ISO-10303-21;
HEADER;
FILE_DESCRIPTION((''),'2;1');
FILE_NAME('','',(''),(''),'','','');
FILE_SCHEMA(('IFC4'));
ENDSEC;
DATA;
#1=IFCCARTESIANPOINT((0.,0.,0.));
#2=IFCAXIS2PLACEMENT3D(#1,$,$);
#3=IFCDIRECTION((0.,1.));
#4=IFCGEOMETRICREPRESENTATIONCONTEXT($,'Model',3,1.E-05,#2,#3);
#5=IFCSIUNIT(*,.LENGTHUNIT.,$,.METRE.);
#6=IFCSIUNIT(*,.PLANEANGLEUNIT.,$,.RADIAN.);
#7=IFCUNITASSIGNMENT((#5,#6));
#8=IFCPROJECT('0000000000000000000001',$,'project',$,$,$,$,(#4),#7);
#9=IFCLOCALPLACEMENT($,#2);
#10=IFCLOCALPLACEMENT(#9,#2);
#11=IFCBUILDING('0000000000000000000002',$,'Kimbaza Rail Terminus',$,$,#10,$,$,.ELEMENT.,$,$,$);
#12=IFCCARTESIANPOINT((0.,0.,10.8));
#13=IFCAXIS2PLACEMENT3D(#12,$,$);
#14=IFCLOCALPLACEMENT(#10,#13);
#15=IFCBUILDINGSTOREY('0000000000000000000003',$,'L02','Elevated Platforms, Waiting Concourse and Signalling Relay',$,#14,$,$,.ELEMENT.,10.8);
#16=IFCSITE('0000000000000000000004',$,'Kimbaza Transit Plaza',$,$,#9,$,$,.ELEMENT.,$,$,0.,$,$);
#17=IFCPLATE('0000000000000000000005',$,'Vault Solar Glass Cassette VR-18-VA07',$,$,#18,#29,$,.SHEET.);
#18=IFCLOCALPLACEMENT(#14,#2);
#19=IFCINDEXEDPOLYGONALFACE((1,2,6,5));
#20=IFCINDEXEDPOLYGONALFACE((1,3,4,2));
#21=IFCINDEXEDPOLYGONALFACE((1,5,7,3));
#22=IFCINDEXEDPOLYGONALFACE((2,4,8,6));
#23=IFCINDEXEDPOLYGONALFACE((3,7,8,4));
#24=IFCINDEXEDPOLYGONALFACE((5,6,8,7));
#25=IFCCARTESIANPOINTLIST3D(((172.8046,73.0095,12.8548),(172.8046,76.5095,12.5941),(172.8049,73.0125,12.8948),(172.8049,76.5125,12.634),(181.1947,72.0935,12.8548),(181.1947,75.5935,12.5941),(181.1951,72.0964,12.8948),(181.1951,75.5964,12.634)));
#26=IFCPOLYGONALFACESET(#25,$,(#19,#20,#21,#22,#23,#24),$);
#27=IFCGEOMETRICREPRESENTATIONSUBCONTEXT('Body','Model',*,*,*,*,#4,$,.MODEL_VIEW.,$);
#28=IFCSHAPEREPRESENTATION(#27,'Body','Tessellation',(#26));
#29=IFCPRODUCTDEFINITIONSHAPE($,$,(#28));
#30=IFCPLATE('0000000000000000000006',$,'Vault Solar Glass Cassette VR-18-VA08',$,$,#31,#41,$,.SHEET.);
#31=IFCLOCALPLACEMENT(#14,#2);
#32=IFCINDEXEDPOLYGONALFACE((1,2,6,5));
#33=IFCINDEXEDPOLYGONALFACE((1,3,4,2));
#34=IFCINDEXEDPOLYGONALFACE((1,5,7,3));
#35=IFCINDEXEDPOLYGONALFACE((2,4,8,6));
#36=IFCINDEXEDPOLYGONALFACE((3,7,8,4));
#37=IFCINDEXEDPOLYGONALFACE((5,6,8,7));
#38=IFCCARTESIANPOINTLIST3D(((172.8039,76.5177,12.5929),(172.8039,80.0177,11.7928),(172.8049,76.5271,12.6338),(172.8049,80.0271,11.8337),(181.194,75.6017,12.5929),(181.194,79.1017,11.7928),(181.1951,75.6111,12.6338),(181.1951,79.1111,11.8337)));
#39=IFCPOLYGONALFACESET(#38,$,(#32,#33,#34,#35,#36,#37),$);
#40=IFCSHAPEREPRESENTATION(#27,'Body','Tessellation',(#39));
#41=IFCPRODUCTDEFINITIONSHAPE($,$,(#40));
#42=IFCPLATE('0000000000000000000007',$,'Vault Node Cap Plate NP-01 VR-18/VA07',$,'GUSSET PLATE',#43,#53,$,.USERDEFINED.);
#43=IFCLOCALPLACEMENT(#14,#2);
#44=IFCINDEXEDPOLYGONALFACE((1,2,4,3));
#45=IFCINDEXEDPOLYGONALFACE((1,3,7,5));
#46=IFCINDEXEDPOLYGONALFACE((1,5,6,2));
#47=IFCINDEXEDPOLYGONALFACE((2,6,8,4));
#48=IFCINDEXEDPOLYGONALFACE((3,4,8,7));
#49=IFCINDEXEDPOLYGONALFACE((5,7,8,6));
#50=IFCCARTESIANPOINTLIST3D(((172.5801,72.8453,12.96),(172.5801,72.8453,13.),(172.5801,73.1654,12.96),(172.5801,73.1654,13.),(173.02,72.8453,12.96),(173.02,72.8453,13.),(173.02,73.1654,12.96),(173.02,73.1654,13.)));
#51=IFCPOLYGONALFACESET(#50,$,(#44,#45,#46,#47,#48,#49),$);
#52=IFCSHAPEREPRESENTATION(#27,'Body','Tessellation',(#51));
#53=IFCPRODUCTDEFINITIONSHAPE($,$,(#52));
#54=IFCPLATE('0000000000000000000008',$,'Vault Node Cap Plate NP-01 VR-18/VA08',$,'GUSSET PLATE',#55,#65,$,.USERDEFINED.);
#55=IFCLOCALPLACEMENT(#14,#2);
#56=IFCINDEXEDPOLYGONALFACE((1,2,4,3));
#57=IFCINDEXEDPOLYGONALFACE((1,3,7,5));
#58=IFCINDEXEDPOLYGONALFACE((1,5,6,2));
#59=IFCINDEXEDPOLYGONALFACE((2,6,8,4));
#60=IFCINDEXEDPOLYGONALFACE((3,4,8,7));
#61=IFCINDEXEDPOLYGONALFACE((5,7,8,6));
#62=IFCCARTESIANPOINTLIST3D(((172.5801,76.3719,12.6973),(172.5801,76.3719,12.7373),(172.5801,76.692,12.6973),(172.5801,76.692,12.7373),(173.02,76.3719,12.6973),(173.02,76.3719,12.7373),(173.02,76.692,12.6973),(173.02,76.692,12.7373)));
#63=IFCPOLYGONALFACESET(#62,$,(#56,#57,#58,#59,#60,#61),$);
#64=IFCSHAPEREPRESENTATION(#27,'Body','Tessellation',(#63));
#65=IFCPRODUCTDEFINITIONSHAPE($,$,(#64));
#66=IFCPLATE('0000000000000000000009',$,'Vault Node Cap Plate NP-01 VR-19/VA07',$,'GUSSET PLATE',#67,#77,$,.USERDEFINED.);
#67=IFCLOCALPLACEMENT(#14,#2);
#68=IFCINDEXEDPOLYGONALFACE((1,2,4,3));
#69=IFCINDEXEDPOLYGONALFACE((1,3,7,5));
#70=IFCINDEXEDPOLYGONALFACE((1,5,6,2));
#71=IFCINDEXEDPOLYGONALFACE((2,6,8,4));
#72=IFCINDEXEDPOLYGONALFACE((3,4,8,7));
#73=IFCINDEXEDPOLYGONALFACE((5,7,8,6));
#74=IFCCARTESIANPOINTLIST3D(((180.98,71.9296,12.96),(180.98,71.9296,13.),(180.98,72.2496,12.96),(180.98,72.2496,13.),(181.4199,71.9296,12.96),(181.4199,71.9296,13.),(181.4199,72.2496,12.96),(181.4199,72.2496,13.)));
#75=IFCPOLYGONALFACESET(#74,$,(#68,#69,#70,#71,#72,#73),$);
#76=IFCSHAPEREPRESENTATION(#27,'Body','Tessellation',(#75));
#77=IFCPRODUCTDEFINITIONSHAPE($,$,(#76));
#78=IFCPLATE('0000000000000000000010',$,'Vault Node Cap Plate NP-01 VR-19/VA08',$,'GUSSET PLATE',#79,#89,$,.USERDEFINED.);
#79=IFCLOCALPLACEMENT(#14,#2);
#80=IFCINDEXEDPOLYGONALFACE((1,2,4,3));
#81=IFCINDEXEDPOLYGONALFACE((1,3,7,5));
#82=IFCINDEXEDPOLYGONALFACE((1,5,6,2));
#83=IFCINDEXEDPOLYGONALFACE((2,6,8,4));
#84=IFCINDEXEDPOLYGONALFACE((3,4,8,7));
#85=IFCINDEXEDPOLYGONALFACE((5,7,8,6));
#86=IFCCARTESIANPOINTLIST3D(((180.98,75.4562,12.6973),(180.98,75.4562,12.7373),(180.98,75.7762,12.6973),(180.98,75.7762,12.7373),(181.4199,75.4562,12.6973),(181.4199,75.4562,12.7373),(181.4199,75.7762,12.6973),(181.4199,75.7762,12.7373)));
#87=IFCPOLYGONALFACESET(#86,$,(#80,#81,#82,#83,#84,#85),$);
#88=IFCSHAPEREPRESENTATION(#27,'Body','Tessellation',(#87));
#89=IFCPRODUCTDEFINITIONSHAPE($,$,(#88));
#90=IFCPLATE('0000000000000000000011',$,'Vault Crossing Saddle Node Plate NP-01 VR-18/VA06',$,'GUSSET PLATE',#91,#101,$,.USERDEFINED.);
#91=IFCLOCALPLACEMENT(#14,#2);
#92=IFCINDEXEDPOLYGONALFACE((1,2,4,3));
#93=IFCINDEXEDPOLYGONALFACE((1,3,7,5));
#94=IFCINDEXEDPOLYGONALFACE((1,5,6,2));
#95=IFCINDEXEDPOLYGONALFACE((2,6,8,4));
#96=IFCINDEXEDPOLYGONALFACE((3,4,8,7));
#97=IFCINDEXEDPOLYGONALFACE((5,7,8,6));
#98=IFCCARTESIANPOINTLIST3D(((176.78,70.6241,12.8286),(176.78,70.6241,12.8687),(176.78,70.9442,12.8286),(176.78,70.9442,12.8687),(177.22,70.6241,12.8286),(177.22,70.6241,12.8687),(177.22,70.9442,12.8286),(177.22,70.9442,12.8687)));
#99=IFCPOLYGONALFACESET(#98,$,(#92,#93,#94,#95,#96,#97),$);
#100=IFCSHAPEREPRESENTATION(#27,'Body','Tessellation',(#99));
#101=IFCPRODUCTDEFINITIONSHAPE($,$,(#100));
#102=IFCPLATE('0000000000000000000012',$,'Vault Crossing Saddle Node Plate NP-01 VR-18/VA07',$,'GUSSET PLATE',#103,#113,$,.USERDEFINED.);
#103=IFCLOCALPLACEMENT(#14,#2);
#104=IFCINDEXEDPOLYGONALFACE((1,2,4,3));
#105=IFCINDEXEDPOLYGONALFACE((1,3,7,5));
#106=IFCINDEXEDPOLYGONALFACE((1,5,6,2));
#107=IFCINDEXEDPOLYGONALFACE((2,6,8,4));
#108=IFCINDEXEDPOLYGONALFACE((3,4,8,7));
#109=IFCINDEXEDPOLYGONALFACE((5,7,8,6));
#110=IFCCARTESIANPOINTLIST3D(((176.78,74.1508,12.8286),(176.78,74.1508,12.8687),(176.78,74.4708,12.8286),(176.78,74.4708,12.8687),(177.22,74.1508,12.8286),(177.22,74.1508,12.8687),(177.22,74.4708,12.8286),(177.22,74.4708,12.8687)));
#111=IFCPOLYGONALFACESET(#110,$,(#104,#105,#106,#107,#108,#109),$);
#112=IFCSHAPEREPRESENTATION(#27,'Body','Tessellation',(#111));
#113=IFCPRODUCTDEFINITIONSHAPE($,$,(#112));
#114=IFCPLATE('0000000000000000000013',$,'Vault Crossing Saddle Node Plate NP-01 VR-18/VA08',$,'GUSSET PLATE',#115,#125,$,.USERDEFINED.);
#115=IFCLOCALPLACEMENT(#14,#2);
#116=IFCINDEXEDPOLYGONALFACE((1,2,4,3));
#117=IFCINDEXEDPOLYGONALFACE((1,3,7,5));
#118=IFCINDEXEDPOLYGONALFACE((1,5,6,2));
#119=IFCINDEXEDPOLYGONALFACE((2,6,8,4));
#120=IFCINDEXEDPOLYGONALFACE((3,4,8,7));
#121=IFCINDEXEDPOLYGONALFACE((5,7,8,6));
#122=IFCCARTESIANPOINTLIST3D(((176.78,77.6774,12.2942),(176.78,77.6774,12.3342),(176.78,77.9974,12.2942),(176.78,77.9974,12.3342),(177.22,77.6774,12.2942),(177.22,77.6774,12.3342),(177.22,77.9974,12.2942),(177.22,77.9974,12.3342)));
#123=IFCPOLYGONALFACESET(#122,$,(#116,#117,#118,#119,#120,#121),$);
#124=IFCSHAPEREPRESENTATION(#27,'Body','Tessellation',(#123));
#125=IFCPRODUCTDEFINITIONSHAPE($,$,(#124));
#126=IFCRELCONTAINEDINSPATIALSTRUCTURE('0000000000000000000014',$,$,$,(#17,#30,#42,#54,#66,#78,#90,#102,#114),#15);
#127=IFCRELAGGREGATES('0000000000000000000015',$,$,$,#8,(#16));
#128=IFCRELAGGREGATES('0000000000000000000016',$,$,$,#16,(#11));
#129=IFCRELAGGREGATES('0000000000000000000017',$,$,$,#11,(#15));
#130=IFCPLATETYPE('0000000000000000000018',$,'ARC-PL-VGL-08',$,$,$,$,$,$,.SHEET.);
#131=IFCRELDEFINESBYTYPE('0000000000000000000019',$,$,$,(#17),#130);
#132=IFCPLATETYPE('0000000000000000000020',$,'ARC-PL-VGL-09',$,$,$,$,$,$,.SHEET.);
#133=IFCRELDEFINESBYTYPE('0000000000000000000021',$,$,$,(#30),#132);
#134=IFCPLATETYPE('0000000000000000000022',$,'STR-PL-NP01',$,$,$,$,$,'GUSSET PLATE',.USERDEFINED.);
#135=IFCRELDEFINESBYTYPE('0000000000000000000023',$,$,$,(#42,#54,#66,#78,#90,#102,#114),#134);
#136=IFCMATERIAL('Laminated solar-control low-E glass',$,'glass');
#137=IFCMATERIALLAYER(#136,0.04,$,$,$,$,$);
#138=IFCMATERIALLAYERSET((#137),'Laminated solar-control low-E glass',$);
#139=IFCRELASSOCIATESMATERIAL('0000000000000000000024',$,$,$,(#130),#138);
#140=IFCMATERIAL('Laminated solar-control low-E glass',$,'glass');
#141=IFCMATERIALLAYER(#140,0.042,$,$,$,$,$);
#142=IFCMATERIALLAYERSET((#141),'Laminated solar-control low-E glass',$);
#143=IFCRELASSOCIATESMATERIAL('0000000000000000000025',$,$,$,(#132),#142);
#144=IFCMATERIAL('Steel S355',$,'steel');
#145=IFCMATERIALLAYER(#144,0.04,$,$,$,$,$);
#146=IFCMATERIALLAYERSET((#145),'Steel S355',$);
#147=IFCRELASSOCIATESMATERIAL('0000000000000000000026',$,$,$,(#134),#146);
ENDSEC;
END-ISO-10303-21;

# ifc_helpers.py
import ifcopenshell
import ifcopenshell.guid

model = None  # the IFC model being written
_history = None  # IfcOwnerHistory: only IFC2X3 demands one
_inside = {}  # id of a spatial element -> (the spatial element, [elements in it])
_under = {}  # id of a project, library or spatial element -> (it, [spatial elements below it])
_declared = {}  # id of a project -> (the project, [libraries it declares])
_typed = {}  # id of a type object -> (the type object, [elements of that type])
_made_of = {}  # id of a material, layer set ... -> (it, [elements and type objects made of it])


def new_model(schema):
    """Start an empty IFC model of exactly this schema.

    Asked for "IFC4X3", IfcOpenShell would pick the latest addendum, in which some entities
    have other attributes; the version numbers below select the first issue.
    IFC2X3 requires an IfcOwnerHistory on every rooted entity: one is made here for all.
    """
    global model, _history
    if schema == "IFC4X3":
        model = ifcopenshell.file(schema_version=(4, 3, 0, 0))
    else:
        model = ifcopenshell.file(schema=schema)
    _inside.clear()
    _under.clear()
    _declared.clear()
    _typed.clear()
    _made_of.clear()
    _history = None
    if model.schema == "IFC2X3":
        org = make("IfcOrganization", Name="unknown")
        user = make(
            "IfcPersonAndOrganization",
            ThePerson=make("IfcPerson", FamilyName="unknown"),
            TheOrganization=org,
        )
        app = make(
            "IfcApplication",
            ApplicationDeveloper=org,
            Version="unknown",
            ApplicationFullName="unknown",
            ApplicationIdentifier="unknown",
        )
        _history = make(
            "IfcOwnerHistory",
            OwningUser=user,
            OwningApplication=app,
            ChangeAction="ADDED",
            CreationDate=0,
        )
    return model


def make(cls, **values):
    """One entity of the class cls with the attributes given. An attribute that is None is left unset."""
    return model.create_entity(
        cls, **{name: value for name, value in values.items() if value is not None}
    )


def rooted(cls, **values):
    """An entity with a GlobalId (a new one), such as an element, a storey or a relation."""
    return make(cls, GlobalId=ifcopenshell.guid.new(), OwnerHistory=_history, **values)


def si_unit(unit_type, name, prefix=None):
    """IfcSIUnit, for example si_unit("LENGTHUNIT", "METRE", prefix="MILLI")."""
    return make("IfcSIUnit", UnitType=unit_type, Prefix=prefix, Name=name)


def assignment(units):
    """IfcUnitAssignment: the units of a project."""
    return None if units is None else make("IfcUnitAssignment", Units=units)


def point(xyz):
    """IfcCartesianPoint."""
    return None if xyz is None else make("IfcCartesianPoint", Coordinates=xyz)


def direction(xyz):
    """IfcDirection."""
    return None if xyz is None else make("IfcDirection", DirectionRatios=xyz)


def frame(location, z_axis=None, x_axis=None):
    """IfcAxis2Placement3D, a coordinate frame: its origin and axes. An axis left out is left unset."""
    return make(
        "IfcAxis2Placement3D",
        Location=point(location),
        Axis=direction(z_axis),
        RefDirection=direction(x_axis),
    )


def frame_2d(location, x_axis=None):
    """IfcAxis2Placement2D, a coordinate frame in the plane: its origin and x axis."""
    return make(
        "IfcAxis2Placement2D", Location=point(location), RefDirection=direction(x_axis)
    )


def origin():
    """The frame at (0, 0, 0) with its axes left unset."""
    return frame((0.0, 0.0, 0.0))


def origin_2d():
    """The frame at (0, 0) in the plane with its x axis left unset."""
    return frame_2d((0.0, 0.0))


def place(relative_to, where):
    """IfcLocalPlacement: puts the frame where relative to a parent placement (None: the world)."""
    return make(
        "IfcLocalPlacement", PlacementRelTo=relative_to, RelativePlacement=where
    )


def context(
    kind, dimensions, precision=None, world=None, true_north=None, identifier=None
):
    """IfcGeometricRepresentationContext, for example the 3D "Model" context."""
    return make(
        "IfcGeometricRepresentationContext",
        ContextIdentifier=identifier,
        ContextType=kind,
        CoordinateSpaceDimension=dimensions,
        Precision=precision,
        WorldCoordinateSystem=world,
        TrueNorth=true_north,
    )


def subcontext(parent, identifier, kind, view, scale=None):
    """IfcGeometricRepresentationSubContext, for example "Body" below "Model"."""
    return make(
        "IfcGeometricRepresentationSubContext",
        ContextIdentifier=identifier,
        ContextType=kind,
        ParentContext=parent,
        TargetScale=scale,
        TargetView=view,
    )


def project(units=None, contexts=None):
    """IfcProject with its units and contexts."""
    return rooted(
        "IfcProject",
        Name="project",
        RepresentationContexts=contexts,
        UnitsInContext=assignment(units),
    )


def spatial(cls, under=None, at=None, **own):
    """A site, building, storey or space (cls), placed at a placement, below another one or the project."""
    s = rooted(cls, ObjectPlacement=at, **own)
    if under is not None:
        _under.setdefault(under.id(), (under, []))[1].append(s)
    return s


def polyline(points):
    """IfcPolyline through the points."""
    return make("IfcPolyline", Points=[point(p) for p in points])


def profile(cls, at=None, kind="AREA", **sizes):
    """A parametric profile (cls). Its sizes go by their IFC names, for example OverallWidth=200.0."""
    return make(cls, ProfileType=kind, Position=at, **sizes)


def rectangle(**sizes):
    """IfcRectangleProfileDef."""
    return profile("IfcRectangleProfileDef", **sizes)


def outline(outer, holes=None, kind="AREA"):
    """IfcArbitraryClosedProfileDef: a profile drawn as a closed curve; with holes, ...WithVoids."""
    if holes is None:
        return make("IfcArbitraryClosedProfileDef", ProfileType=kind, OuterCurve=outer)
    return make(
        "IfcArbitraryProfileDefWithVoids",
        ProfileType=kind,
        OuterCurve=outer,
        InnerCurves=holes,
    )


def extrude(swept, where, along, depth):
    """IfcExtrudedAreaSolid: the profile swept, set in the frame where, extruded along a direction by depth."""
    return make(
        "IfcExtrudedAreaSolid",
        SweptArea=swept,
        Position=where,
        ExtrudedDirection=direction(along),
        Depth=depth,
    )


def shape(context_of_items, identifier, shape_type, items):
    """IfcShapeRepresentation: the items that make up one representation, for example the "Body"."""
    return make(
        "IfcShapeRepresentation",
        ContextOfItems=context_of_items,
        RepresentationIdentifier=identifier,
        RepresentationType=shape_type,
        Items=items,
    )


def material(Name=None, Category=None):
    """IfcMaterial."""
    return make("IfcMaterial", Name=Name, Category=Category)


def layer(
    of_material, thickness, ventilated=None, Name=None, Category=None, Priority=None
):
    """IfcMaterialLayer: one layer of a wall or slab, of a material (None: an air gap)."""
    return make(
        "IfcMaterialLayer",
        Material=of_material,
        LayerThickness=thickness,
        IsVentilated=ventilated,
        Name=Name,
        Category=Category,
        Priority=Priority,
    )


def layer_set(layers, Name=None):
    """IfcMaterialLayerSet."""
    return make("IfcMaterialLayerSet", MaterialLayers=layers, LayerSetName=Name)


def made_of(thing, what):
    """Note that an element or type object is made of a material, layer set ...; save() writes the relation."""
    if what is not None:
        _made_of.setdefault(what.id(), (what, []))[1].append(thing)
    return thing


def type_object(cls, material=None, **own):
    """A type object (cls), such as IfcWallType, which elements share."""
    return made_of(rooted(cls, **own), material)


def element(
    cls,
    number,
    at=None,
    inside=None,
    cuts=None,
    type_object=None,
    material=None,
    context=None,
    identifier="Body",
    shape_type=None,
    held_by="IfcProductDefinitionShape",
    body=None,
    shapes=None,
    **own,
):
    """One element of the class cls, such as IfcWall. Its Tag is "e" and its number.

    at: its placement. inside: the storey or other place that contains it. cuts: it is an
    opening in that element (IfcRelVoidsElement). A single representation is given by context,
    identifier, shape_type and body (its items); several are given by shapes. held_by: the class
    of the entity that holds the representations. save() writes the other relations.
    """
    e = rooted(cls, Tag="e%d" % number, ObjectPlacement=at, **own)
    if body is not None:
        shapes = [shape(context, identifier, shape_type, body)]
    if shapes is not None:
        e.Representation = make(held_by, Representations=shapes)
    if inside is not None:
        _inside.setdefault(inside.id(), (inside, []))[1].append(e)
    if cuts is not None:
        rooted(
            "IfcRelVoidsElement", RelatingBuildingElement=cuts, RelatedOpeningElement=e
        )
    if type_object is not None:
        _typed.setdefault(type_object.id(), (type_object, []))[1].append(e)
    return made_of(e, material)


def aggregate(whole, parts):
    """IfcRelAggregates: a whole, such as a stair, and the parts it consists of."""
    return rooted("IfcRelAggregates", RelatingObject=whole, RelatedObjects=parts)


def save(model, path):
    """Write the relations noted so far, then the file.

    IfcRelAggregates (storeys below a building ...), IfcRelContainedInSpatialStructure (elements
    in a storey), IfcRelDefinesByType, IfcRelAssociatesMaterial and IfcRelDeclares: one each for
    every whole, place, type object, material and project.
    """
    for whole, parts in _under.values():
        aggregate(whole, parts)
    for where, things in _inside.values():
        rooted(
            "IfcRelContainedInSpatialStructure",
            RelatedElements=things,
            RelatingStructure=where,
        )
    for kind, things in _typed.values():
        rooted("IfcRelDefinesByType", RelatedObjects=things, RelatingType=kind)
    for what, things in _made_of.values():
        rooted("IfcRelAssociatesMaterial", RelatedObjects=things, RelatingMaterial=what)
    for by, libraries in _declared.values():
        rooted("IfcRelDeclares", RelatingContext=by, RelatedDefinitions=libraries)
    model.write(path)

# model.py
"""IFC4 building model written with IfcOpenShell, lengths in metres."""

from ifc_helpers import new_model, si_unit, direction, frame, origin, origin_2d, place, context, subcontext, project, spatial, polyline, rectangle, outline, extrude, material, layer, layer_set, type_object, element, save


model = new_model("IFC4")

# Units and contexts
model_context = context("Model", 3, precision=1e-05, world=origin(), true_north=direction((0.0, 1.0)))
body_context = subcontext(model_context, "Body", "Model", "MODEL_VIEW")
ifc_project = project(units=[si_unit("LENGTHUNIT", "METRE"), si_unit("PLANEANGLEUNIT", "RADIAN")], contexts=[model_context])

# Site, building, storey
site_placement = place(None, origin())
site = spatial("IfcSite", under=ifc_project, at=site_placement, Name="Kimbaza Transit Plaza", CompositionType="ELEMENT", RefElevation=0.0)
building_placement = place(site_placement, origin())
building = spatial("IfcBuilding", under=site, at=building_placement, Name="Kimbaza Rail Terminus", CompositionType="ELEMENT")
storey_placement = place(building_placement, frame((0.0, 0.0, 10.8)))
storey = spatial("IfcBuildingStorey", under=building, at=storey_placement, Name="L02", Description="Elevated Platforms, Waiting Concourse and Signalling Relay", CompositionType="ELEMENT", Elevation=10.8)

# Plates
ifc_material_1 = material(Name="Laminated solar-control low-E glass", Category="glass")
ifc_layer_1 = layer(ifc_material_1, 0.04)
ifc_layer_set_1 = layer_set([ifc_layer_1], Name="Laminated solar-control low-E glass")
plate_type_1 = type_object("IfcPlateType", Name="ARC-PL-VGL-08", PredefinedType="SHEET", material=ifc_layer_set_1)
plate_1_placement = place(storey_placement, frame((172.8049, 73.0125, 12.8948), z_axis=(0.008111, 0.074289, 0.997204), x_axis=(0.994093, -0.108533, 0.0)))
element("IfcPlate", 1, at=plate_1_placement, inside=storey, type_object=plate_type_1, Name="Vault Solar Glass Cassette VR-18-VA07", PredefinedType="SHEET", context=body_context, shape_type="SweptSolid", body=[
    extrude(outline(polyline([(0.0, 0.0), (8.44, 0.0), (8.0601, 3.4891), (-0.3799, 3.4891), (0.0, 0.0)])), origin(), (0.0, 0.0, -1.0), 0.04),
])
ifc_material_2 = material(Name="Laminated solar-control low-E glass", Category="glass")
ifc_layer_2 = layer(ifc_material_2, 0.042)
ifc_layer_set_2 = layer_set([ifc_layer_2], Name="Laminated solar-control low-E glass")
plate_type_2 = type_object("IfcPlateType", Name="ARC-PL-VGL-09", PredefinedType="SHEET", material=ifc_layer_set_2)
plate_2_placement = place(storey_placement, frame((172.8049, 76.5271, 12.6338), z_axis=(0.024322, 0.222772, 0.974567), x_axis=(0.994093, -0.108533, 0.0)))
element("IfcPlate", 2, at=plate_2_placement, inside=storey, type_object=plate_type_2, Name="Vault Solar Glass Cassette VR-18-VA08", PredefinedType="SHEET", context=body_context, shape_type="SweptSolid", body=[
    extrude(outline(polyline([(0.0, 0.0), (8.44, 0.0), (8.0601, 3.5701), (-0.3799, 3.5701), (0.0, 0.0)])), origin(), (0.0, 0.0, -1.0), 0.042),
])
ifc_material_3 = material(Name="Steel S355", Category="steel")
ifc_layer_3 = layer(ifc_material_3, 0.04)
ifc_layer_set_3 = layer_set([ifc_layer_3], Name="Steel S355")
plate_type_3 = type_object("IfcPlateType", Name="STR-PL-NP01", ElementType="GUSSET PLATE", PredefinedType="USERDEFINED", material=ifc_layer_set_3)
for number, where, z_axis, x_axis, name in (
    (3, (172.8, 73.0054, 12.96), (0.0, 0.0, 1.0), (1.0, 0.0, 0.0), "Vault Node Cap Plate NP-01 VR-18/VA07"),
    (4, (172.8, 76.532, 12.6973), (0.0, 0.0, 1.0), (1.0, 0.0, 0.0), "Vault Node Cap Plate NP-01 VR-18/VA08"),
    (5, (181.2, 72.0896, 12.96), (0.0, 0.0, 1.0), (1.0, 0.0, 0.0), "Vault Node Cap Plate NP-01 VR-19/VA07"),
    (6, (181.2, 75.6162, 12.6973), (0.0, 0.0, 1.0), (1.0, 0.0, 0.0), "Vault Node Cap Plate NP-01 VR-19/VA08"),
    (7, (177.0, 70.7842, 12.8286), (0.0, 0.0, 1.0), (1.0, 0.0, 0.0), "Vault Crossing Saddle Node Plate NP-01 VR-18/VA06"),
    (8, (177.0, 74.3108, 12.8286), (0.0, 0.0, 1.0), (1.0, 0.0, 0.0), "Vault Crossing Saddle Node Plate NP-01 VR-18/VA07"),
    (9, (177.0, 77.8374, 12.2942), (0.0, 0.0, 1.0), (1.0, 0.0, 0.0), "Vault Crossing Saddle Node Plate NP-01 VR-18/VA08"),
):
    element("IfcPlate", number, at=place(storey_placement, frame(where, z_axis=z_axis, x_axis=x_axis)), inside=storey, type_object=plate_type_3, Name=name, ObjectType="GUSSET PLATE", PredefinedType="USERDEFINED", context=body_context, shape_type="SweptSolid", body=[
        extrude(rectangle(XDim=0.4399, YDim=0.3201, at=origin_2d()), origin(), (0.0, 0.0, 1.0), 0.04),
    ])

save(model, "model.ifc")
